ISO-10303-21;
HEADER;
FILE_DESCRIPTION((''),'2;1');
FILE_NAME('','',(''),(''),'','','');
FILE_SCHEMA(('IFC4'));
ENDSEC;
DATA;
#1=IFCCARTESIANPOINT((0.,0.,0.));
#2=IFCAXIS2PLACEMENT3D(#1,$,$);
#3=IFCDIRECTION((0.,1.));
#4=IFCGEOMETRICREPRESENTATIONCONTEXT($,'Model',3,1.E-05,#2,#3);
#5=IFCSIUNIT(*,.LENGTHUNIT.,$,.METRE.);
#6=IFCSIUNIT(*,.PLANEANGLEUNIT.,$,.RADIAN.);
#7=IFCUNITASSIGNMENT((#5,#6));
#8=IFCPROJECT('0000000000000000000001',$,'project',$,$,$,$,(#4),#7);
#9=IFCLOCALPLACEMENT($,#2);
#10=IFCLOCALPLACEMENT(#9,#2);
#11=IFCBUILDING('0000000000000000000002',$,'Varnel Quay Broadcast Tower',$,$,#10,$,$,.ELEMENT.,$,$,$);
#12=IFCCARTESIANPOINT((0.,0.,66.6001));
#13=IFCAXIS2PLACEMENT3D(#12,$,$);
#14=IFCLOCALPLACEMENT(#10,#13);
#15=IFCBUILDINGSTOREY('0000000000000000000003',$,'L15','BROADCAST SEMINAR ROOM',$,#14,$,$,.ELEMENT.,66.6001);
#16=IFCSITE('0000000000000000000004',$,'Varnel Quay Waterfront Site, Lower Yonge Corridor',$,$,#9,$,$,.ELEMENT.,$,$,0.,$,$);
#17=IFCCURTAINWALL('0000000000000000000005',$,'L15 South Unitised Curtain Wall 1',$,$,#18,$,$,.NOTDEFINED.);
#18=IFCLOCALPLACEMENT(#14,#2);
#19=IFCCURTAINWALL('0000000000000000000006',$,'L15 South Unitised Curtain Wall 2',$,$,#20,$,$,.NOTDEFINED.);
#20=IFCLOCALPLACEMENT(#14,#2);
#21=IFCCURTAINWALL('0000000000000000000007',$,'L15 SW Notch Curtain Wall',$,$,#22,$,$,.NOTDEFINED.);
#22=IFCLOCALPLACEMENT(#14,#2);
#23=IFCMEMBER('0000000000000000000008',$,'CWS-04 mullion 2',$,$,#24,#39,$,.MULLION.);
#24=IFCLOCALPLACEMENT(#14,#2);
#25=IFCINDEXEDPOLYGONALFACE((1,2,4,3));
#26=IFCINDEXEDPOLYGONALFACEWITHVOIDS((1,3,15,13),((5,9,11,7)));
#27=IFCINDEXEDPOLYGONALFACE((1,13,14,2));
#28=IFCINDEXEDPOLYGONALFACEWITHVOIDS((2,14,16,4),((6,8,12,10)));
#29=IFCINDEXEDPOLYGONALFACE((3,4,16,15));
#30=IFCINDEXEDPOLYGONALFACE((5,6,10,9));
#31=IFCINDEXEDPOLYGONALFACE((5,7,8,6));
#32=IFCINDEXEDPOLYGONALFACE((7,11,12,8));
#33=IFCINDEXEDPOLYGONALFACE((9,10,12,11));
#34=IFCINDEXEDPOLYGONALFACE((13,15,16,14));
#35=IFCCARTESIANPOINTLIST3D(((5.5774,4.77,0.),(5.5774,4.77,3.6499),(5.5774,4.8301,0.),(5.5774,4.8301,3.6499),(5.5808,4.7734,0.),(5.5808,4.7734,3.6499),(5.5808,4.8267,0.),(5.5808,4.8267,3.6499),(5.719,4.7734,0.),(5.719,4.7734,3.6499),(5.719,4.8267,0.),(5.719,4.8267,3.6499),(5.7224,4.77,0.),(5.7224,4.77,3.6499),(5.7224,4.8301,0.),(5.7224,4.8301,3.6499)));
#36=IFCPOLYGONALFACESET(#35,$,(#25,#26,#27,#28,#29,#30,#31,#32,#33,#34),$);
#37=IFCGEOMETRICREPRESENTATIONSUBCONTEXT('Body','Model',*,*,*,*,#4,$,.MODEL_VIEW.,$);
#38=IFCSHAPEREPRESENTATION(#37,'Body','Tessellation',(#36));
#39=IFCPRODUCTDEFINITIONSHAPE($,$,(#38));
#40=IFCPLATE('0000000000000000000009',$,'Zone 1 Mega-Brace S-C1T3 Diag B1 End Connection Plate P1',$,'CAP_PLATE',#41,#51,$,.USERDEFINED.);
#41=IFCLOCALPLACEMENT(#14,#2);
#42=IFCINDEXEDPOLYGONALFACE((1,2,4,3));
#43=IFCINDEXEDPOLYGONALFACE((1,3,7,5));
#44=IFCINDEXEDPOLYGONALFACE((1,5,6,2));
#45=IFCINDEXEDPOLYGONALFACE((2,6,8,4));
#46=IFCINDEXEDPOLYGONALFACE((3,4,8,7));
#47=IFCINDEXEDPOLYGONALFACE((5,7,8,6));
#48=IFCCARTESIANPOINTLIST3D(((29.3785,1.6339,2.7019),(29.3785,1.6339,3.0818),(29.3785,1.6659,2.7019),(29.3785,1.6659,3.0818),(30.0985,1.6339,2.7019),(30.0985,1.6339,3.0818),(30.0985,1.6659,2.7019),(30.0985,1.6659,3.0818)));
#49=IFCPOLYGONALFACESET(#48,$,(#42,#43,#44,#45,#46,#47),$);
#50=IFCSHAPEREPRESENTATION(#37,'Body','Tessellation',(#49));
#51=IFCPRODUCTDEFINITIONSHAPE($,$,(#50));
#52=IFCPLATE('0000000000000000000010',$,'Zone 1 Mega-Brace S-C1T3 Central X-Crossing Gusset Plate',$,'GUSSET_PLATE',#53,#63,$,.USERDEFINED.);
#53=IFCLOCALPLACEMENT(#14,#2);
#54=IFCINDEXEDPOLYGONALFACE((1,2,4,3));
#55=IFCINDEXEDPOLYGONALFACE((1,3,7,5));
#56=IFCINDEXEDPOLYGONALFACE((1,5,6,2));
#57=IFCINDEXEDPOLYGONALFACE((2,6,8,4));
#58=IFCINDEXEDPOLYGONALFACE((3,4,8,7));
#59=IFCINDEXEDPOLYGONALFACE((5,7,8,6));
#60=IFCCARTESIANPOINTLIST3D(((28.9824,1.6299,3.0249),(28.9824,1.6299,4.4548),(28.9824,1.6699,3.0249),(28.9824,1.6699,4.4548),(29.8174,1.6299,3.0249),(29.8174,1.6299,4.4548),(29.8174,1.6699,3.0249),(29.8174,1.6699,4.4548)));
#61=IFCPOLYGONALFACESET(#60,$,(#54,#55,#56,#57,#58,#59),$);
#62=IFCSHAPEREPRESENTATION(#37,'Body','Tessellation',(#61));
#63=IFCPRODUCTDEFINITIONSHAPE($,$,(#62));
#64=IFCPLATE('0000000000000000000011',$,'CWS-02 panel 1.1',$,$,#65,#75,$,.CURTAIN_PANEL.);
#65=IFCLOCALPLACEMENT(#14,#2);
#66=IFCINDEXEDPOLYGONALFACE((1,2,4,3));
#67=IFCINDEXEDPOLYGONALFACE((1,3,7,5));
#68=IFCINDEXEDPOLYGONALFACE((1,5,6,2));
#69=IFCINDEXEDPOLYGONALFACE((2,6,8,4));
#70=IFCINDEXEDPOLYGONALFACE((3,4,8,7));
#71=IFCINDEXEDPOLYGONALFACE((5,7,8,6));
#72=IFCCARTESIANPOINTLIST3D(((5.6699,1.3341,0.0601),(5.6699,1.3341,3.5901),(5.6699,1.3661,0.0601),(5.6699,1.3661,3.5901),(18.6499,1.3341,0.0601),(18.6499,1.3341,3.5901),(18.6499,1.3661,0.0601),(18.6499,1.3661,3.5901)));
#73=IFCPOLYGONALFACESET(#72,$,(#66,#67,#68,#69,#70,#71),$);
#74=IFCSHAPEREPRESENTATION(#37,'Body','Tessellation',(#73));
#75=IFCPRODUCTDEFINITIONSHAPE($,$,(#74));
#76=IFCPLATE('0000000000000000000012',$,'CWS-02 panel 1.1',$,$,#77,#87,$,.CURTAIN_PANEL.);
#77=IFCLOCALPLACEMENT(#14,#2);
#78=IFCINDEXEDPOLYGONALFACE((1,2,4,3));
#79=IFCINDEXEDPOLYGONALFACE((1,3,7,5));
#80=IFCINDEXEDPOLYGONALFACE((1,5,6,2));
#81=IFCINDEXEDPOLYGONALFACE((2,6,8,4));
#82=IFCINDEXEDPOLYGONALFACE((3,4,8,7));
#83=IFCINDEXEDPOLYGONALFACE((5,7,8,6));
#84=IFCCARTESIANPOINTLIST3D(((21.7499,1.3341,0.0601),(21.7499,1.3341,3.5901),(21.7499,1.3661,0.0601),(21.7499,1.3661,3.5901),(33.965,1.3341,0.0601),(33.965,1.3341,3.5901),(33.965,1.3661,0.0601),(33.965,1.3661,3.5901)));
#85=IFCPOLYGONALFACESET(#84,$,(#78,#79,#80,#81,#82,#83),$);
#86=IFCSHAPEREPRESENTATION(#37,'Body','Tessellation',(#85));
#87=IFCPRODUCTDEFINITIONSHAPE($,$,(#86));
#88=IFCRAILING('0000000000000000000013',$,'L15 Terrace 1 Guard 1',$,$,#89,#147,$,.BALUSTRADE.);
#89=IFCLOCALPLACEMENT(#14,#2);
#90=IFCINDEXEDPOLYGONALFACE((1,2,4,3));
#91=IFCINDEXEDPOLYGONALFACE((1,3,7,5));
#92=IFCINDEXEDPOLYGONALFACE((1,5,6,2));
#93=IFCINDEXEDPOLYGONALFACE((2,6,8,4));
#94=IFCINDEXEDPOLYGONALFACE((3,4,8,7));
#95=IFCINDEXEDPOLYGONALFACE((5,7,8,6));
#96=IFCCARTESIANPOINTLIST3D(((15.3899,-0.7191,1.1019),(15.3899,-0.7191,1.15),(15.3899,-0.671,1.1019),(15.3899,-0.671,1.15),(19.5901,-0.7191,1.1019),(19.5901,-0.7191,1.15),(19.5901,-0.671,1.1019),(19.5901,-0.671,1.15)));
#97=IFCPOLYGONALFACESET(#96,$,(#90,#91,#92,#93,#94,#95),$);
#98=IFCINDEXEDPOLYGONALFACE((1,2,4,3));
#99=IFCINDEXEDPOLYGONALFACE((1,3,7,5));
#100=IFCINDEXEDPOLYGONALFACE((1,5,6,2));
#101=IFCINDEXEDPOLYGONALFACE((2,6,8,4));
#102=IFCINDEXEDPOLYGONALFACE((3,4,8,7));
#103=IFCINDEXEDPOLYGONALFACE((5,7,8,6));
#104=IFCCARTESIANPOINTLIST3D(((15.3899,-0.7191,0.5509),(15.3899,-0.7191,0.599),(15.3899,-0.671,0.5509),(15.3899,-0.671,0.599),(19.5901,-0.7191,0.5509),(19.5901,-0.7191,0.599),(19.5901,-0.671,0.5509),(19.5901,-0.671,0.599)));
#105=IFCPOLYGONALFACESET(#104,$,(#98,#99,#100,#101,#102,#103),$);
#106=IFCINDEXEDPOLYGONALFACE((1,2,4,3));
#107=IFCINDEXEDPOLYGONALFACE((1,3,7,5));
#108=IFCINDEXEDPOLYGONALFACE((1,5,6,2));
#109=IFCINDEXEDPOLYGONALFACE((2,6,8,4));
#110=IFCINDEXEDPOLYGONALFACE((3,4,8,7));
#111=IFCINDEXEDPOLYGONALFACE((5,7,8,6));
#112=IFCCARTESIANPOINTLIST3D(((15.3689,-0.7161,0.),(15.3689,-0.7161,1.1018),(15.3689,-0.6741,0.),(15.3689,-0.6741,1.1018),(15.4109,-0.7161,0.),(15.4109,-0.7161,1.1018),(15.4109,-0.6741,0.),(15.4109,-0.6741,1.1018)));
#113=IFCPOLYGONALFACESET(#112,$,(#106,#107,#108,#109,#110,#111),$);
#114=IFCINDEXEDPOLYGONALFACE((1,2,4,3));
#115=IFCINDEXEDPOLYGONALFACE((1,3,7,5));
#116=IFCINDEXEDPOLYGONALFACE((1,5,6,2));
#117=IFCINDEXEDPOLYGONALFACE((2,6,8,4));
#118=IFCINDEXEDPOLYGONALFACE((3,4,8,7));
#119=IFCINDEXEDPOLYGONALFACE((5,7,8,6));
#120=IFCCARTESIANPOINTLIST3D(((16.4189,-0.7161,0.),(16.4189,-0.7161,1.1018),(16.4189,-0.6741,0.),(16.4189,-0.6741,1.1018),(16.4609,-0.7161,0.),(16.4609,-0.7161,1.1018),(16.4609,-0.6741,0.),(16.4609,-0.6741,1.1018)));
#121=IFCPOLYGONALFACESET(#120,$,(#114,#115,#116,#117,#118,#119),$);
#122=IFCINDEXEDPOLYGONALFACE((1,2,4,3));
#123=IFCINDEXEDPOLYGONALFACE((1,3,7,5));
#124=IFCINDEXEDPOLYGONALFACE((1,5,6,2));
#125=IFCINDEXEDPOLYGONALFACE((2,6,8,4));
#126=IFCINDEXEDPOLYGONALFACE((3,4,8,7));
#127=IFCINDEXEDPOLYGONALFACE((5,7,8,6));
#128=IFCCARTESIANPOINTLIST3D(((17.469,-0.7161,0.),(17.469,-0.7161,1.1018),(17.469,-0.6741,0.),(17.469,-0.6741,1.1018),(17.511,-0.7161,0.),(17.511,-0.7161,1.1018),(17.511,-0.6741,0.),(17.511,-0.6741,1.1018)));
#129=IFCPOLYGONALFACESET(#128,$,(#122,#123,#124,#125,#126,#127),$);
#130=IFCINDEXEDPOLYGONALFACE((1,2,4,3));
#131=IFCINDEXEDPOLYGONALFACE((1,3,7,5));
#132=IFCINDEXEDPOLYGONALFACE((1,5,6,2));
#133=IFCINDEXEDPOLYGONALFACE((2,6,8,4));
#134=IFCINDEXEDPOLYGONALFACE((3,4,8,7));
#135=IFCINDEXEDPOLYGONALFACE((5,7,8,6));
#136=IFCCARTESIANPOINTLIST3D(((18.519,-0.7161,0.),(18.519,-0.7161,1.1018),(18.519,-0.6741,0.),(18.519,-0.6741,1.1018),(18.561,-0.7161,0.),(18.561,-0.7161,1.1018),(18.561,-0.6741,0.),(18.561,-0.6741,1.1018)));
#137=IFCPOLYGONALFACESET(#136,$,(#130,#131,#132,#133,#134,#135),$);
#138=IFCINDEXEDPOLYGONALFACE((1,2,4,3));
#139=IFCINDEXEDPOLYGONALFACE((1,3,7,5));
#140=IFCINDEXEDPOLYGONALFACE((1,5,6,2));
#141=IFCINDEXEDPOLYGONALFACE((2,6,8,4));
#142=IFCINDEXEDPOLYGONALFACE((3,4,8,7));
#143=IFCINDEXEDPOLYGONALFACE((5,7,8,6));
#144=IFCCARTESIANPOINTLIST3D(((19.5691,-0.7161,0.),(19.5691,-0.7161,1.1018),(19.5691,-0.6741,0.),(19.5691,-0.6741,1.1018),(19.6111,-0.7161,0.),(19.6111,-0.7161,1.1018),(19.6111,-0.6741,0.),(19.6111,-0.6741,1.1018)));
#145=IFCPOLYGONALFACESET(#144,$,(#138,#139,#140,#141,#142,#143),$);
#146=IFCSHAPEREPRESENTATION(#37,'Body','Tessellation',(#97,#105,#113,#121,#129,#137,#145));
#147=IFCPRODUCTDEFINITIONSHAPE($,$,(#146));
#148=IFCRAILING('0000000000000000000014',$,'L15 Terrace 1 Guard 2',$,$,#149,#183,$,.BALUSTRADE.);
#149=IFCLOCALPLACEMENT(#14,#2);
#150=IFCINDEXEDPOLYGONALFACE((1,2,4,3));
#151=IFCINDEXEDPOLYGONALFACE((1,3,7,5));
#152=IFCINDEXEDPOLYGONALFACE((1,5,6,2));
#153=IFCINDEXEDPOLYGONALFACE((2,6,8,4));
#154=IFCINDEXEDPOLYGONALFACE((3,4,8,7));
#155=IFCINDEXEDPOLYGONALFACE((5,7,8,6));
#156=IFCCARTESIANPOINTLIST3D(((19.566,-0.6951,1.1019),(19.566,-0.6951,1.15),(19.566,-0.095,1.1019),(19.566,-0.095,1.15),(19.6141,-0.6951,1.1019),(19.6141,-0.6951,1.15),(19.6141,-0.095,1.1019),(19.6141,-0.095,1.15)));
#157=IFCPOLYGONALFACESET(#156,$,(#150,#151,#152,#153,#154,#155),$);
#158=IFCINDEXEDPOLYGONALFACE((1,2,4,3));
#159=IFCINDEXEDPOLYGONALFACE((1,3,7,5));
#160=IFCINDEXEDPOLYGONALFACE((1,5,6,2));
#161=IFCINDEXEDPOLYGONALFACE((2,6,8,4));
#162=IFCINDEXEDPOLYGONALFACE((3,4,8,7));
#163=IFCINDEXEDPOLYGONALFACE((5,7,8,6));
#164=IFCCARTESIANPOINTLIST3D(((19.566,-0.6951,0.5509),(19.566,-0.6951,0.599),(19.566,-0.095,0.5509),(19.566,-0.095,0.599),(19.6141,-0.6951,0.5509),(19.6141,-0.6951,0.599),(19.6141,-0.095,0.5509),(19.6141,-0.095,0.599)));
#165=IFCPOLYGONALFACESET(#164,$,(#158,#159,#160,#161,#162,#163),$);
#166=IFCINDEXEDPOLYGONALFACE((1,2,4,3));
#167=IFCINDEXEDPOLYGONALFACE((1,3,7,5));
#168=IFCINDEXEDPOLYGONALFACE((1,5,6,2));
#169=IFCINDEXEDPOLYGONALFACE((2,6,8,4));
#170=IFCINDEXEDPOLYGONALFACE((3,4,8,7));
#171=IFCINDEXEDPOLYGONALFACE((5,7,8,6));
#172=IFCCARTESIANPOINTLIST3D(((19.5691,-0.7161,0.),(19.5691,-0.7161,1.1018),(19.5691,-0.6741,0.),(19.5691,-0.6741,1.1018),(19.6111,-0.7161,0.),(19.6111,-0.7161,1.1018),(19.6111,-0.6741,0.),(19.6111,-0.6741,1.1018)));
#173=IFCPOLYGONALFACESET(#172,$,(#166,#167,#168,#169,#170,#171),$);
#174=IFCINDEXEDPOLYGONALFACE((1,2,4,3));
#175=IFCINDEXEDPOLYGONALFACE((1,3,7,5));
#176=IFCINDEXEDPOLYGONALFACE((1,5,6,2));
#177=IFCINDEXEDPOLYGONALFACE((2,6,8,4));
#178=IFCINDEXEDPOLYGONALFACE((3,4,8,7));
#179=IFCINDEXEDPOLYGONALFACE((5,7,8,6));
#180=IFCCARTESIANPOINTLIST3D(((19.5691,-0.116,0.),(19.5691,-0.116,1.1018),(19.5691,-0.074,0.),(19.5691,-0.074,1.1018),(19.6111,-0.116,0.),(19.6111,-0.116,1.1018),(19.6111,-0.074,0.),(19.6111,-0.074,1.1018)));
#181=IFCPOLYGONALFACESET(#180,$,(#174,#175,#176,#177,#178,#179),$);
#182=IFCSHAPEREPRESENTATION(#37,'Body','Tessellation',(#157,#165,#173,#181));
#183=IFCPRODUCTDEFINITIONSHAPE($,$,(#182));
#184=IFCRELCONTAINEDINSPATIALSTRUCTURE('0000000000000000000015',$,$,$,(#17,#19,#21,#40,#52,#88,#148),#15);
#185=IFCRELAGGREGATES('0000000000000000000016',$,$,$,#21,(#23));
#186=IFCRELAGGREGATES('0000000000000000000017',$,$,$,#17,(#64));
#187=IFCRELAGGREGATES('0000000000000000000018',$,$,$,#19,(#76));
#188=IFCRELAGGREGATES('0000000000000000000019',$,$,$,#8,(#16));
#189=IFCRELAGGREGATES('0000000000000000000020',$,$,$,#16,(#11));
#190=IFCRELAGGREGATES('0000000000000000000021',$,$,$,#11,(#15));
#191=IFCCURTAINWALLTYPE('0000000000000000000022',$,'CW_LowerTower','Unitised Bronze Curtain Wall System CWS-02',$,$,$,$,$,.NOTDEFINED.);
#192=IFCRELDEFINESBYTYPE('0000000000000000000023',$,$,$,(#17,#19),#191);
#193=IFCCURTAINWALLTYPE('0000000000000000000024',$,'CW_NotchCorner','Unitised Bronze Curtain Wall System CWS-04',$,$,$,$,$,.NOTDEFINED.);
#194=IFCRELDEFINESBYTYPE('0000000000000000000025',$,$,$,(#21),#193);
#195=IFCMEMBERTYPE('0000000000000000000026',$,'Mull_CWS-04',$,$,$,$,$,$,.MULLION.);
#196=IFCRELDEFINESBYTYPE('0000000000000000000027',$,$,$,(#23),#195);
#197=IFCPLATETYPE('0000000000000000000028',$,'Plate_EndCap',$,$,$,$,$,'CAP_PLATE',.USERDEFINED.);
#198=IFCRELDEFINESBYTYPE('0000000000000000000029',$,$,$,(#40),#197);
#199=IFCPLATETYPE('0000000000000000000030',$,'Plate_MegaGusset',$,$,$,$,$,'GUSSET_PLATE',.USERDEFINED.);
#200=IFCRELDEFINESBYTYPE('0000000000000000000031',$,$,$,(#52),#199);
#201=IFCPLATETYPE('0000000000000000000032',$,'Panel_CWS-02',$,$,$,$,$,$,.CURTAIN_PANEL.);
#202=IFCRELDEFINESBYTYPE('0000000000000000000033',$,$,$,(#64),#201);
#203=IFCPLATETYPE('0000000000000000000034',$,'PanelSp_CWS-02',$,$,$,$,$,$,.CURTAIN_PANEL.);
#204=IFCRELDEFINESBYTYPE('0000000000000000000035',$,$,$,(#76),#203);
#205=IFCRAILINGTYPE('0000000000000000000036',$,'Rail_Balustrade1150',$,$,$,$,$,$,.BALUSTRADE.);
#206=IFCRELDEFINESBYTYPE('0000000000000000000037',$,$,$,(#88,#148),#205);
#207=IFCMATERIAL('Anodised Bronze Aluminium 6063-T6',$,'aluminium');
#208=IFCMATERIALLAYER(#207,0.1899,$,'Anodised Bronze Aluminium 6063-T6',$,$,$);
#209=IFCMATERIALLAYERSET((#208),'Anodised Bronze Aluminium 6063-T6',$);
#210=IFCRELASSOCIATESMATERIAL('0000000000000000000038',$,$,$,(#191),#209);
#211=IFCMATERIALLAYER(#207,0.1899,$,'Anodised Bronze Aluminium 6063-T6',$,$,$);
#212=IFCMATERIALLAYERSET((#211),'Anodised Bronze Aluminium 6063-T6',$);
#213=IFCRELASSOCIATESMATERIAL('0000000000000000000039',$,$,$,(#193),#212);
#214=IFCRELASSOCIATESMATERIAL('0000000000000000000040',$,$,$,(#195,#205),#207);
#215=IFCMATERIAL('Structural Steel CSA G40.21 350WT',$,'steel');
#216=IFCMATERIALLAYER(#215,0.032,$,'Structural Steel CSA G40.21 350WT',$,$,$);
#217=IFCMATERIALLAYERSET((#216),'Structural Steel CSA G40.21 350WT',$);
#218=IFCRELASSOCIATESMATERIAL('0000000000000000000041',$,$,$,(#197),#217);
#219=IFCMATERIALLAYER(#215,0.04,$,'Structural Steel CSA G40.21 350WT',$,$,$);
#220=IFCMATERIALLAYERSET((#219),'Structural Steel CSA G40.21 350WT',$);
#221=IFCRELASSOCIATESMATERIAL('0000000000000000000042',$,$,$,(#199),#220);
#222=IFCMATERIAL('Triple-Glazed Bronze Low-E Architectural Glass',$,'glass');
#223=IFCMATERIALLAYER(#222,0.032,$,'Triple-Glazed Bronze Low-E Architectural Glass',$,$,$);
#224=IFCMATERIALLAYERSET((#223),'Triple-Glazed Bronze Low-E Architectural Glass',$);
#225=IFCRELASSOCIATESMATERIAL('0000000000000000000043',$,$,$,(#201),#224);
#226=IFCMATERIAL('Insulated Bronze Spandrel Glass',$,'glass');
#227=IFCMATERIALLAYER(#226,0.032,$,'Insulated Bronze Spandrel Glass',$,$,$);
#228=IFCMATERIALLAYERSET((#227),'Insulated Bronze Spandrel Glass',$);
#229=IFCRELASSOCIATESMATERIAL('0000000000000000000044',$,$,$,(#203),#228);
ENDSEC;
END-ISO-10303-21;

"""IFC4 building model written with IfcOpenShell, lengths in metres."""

from ifc_helpers import new_model, si_unit, direction, frame, origin, origin_2d, place, context, subcontext, project, spatial, rectangle, hollow_rectangle, extrude, source, transform, mapped, material, layer, layer_set, material_profile, profile_set, type_object, type_shapes, element, aggregate, save


model = new_model("IFC4")

# Units and contexts
model_context = context("Model", 3, precision=1e-05, world=origin(), true_north=direction((0.0, 1.0)))
body_context = subcontext(model_context, "Body", "Model", "MODEL_VIEW")
ifc_project = project(units=[si_unit("LENGTHUNIT", "METRE"), si_unit("PLANEANGLEUNIT", "RADIAN")], contexts=[model_context])

# Site, building, storey
site_placement = place(None, origin())
site = spatial("IfcSite", under=ifc_project, at=site_placement, Name="Varnel Quay Waterfront Site, Lower Yonge Corridor", CompositionType="ELEMENT", RefElevation=0.0)
building_placement = place(site_placement, origin())
building = spatial("IfcBuilding", under=site, at=building_placement, Name="Varnel Quay Broadcast Tower", CompositionType="ELEMENT")
storey_placement = place(building_placement, frame((0.0, 0.0, 66.6001)))
storey = spatial("IfcBuildingStorey", under=building, at=storey_placement, Name="L15", Description="BROADCAST SEMINAR ROOM", CompositionType="ELEMENT", Elevation=66.6001)

# Shared definitions
ifc_material_1 = material(Name="Structural Steel CSA G40.21 350WT", Category="steel")

# Curtain walls
ifc_material_2 = material(Name="Anodised Bronze Aluminium 6063-T6", Category="aluminium")
ifc_layer_1 = layer(ifc_material_2, 0.1899, Name="Anodised Bronze Aluminium 6063-T6")
ifc_layer_set_1 = layer_set([ifc_layer_1], Name="Anodised Bronze Aluminium 6063-T6")
curtain_wall_type_1 = type_object("IfcCurtainWallType", Name="CW_LowerTower", Description="Unitised Bronze Curtain Wall System CWS-02", PredefinedType="NOTDEFINED", material=ifc_layer_set_1)
curtain_wall_1_placement = place(storey_placement, origin())
curtain_wall_1 = element("IfcCurtainWall", 1, at=curtain_wall_1_placement, inside=storey, type_object=curtain_wall_type_1, Name="L15 South Unitised Curtain Wall 1", PredefinedType="NOTDEFINED")
curtain_wall_2_placement = place(storey_placement, origin())
curtain_wall_2 = element("IfcCurtainWall", 2, at=curtain_wall_2_placement, inside=storey, type_object=curtain_wall_type_1, Name="L15 South Unitised Curtain Wall 2", PredefinedType="NOTDEFINED")

# Curtain wall, member
ifc_layer_2 = layer(ifc_material_2, 0.1899, Name="Anodised Bronze Aluminium 6063-T6")
ifc_layer_set_2 = layer_set([ifc_layer_2], Name="Anodised Bronze Aluminium 6063-T6")
curtain_wall_type_2 = type_object("IfcCurtainWallType", Name="CW_NotchCorner", Description="Unitised Bronze Curtain Wall System CWS-04", PredefinedType="NOTDEFINED", material=ifc_layer_set_2)
curtain_wall_3_placement = place(storey_placement, origin())
curtain_wall_3 = element("IfcCurtainWall", 3, at=curtain_wall_3_placement, inside=storey, type_object=curtain_wall_type_2, Name="L15 SW Notch Curtain Wall", PredefinedType="NOTDEFINED")
ifc_material_profile_1 = material_profile(ifc_material_2, hollow_rectangle(XDim=0.0601, YDim=0.145, WallThickness=0.0034, at=origin_2d()), Name="ALU60X145X3.5")
ifc_profile_set_1 = profile_set([ifc_material_profile_1], Name="Anodised Bronze Aluminium 6063-T6")
member_type_1 = type_object("IfcMemberType", Name="Mull_CWS-04", PredefinedType="MULLION", material=ifc_profile_set_1)
shared_shape_1 = source(origin(), body_context, "Body", "SweptSolid", [
    extrude(hollow_rectangle(XDim=0.0601, YDim=0.145, WallThickness=0.0034, at=origin_2d()), origin(), (0.0, 0.0, 1.0), 3.6499),
])
type_shapes(member_type_1, [shared_shape_1])
member_1_placement = place(storey_placement, frame((5.6499, 4.8, 0.0), z_axis=(0.0, 0.0, 1.0), x_axis=(0.0, 1.0, 0.0)))
member_1 = element("IfcMember", 4, at=member_1_placement, type_object=member_type_1, Name="CWS-04 mullion 2", PredefinedType="MULLION", context=body_context, shape_type="MappedRepresentation", body=[
    mapped(shared_shape_1, transform((0.0, 0.0, 0.0), x_axis=(1.0, 0.0, 0.0), y_axis=(0.0, 1.0, 0.0), z_axis=(0.0, 0.0, 1.0), scale=1.0)),
])
aggregate(curtain_wall_3, [member_1])

# Plates
ifc_layer_3 = layer(ifc_material_1, 0.032, Name="Structural Steel CSA G40.21 350WT")
ifc_layer_set_3 = layer_set([ifc_layer_3], Name="Structural Steel CSA G40.21 350WT")
plate_type_1 = type_object("IfcPlateType", Name="Plate_EndCap", ElementType="CAP_PLATE", PredefinedType="USERDEFINED", material=ifc_layer_set_3)
shared_shape_2 = source(origin(), body_context, "Body", "SweptSolid", [
    extrude(rectangle(XDim=0.72, YDim=0.032, at=origin_2d()), origin(), (0.0, 0.0, 1.0), 0.3799),
])
type_shapes(plate_type_1, [shared_shape_2])
plate_1_placement = place(storey_placement, frame((29.7385, 1.6499, 2.7019), z_axis=(0.0, 0.0, 1.0), x_axis=(1.0, 0.0, 0.0)))
element("IfcPlate", 5, at=plate_1_placement, inside=storey, type_object=plate_type_1, Name="Zone 1 Mega-Brace S-C1T3 Diag B1 End Connection Plate P1", ObjectType="CAP_PLATE", PredefinedType="USERDEFINED", context=body_context, shape_type="MappedRepresentation", body=[
    mapped(shared_shape_2, transform((0.0, 0.0, 0.0), x_axis=(1.0, 0.0, 0.0), y_axis=(0.0, 1.0, 0.0), z_axis=(0.0, 0.0, 1.0), scale=1.0)),
])
ifc_layer_4 = layer(ifc_material_1, 0.04, Name="Structural Steel CSA G40.21 350WT")
ifc_layer_set_4 = layer_set([ifc_layer_4], Name="Structural Steel CSA G40.21 350WT")
plate_type_2 = type_object("IfcPlateType", Name="Plate_MegaGusset", ElementType="GUSSET_PLATE", PredefinedType="USERDEFINED", material=ifc_layer_set_4)
shared_shape_3 = source(origin(), body_context, "Body", "SweptSolid", [
    extrude(rectangle(XDim=0.835, YDim=0.04, at=origin_2d()), origin(), (0.0, 0.0, 1.0), 1.4299),
])
type_shapes(plate_type_2, [shared_shape_3])
plate_2_placement = place(storey_placement, frame((29.3999, 1.6499, 3.0249), z_axis=(0.0, 0.0, 1.0), x_axis=(1.0, 0.0, 0.0)))
element("IfcPlate", 6, at=plate_2_placement, inside=storey, type_object=plate_type_2, Name="Zone 1 Mega-Brace S-C1T3 Central X-Crossing Gusset Plate", ObjectType="GUSSET_PLATE", PredefinedType="USERDEFINED", context=body_context, shape_type="MappedRepresentation", body=[
    mapped(shared_shape_3, transform((0.0, 0.0, 0.0), x_axis=(1.0, 0.0, 0.0), y_axis=(0.0, 1.0, 0.0), z_axis=(0.0, 0.0, 1.0), scale=1.0)),
])

# Plates
ifc_material_3 = material(Name="Triple-Glazed Bronze Low-E Architectural Glass", Category="glass")
ifc_layer_5 = layer(ifc_material_3, 0.032, Name="Triple-Glazed Bronze Low-E Architectural Glass")
ifc_layer_set_5 = layer_set([ifc_layer_5], Name="Triple-Glazed Bronze Low-E Architectural Glass")
plate_type_3 = type_object("IfcPlateType", Name="Panel_CWS-02", PredefinedType="CURTAIN_PANEL", material=ifc_layer_set_5)
shared_shape_4 = source(origin(), body_context, "Body", "SweptSolid", [
    extrude(rectangle(XDim=12.98, YDim=0.032, at=origin_2d()), origin(), (0.0, 0.0, 1.0), 3.53),
])
type_shapes(plate_type_3, [shared_shape_4])
plate_3_placement = place(storey_placement, frame((12.1599, 1.3501, 0.0601), z_axis=(0.0, 0.0, 1.0), x_axis=(1.0, 0.0, 0.0)))
plate_3 = element("IfcPlate", 7, at=plate_3_placement, type_object=plate_type_3, Name="CWS-02 panel 1.1", PredefinedType="CURTAIN_PANEL", context=body_context, shape_type="MappedRepresentation", body=[
    mapped(shared_shape_4, transform((0.0, 0.0, 0.0), x_axis=(1.0, 0.0, 0.0), y_axis=(0.0, 1.0, 0.0), z_axis=(0.0, 0.0, 1.0), scale=1.0)),
])
aggregate(curtain_wall_1, [plate_3])
ifc_material_4 = material(Name="Insulated Bronze Spandrel Glass", Category="glass")
ifc_layer_6 = layer(ifc_material_4, 0.032, Name="Insulated Bronze Spandrel Glass")
ifc_layer_set_6 = layer_set([ifc_layer_6], Name="Insulated Bronze Spandrel Glass")
plate_type_4 = type_object("IfcPlateType", Name="PanelSp_CWS-02", PredefinedType="CURTAIN_PANEL", material=ifc_layer_set_6)
shared_shape_5 = source(origin(), body_context, "Body", "SweptSolid", [
    extrude(rectangle(XDim=12.2151, YDim=0.032, at=origin_2d()), origin(), (0.0, 0.0, 1.0), 3.53),
])
type_shapes(plate_type_4, [shared_shape_5])
plate_4_placement = place(storey_placement, frame((27.8574, 1.3501, 0.0601), z_axis=(0.0, 0.0, 1.0), x_axis=(1.0, 0.0, 0.0)))
plate_4 = element("IfcPlate", 8, at=plate_4_placement, type_object=plate_type_4, Name="CWS-02 panel 1.1", PredefinedType="CURTAIN_PANEL", context=body_context, shape_type="MappedRepresentation", body=[
    mapped(shared_shape_5, transform((0.0, 0.0, 0.0), x_axis=(1.0, 0.0, 0.0), y_axis=(0.0, 1.0, 0.0), z_axis=(0.0, 0.0, 1.0), scale=1.0)),
])
aggregate(curtain_wall_2, [plate_4])

# Railings
railing_type = type_object("IfcRailingType", Name="Rail_Balustrade1150", PredefinedType="BALUSTRADE", material=ifc_material_2)
railing_1_placement = place(storey_placement, frame((15.3899, -0.6951, 0.0)))
element("IfcRailing", 9, at=railing_1_placement, inside=storey, type_object=railing_type, Name="L15 Terrace 1 Guard 1", PredefinedType="BALUSTRADE", context=body_context, shape_type="SweptSolid", body=[
    extrude(rectangle(XDim=0.0481, YDim=0.0481, at=origin_2d()), frame((0.0, 0.0, 1.126), z_axis=(1.0, 0.0, 0.0), x_axis=(0.0, 1.0, 0.0)), (0.0, 0.0, 1.0), 4.2002),
    extrude(rectangle(XDim=0.0481, YDim=0.0481, at=origin_2d()), frame((0.0, 0.0, 0.575), z_axis=(1.0, 0.0, 0.0), x_axis=(0.0, 1.0, 0.0)), (0.0, 0.0, 1.0), 4.2002),
    extrude(rectangle(XDim=0.042, YDim=0.042, at=origin_2d()), origin(), (0.0, 0.0, 1.0), 1.1018),
    extrude(rectangle(XDim=0.042, YDim=0.042, at=origin_2d()), frame((1.05, 0.0, 0.0)), (0.0, 0.0, 1.0), 1.1018),
    extrude(rectangle(XDim=0.042, YDim=0.042, at=origin_2d()), frame((2.1001, 0.0, 0.0)), (0.0, 0.0, 1.0), 1.1018),
    extrude(rectangle(XDim=0.042, YDim=0.042, at=origin_2d()), frame((3.1501, 0.0, 0.0)), (0.0, 0.0, 1.0), 1.1018),
    extrude(rectangle(XDim=0.042, YDim=0.042, at=origin_2d()), frame((4.2002, 0.0, 0.0)), (0.0, 0.0, 1.0), 1.1018),
])
railing_2_placement = place(storey_placement, frame((19.5901, -0.6951, 0.0)))
element("IfcRailing", 10, at=railing_2_placement, inside=storey, type_object=railing_type, Name="L15 Terrace 1 Guard 2", PredefinedType="BALUSTRADE", context=body_context, shape_type="SweptSolid", body=[
    extrude(rectangle(XDim=0.0481, YDim=0.0481, at=origin_2d()), frame((0.0, 0.0, 1.126), z_axis=(0.0, 1.0, 0.0), x_axis=(-1.0, 0.0, 0.0)), (0.0, 0.0, 1.0), 0.6001),
    extrude(rectangle(XDim=0.0481, YDim=0.0481, at=origin_2d()), frame((0.0, 0.0, 0.575), z_axis=(0.0, 1.0, 0.0), x_axis=(-1.0, 0.0, 0.0)), (0.0, 0.0, 1.0), 0.6001),
    extrude(rectangle(XDim=0.042, YDim=0.042, at=origin_2d()), origin(), (0.0, 0.0, 1.0), 1.1018),
    extrude(rectangle(XDim=0.042, YDim=0.042, at=origin_2d()), frame((0.0, 0.6001, 0.0)), (0.0, 0.0, 1.0), 1.1018),
])

save(model, "model.ifc")
